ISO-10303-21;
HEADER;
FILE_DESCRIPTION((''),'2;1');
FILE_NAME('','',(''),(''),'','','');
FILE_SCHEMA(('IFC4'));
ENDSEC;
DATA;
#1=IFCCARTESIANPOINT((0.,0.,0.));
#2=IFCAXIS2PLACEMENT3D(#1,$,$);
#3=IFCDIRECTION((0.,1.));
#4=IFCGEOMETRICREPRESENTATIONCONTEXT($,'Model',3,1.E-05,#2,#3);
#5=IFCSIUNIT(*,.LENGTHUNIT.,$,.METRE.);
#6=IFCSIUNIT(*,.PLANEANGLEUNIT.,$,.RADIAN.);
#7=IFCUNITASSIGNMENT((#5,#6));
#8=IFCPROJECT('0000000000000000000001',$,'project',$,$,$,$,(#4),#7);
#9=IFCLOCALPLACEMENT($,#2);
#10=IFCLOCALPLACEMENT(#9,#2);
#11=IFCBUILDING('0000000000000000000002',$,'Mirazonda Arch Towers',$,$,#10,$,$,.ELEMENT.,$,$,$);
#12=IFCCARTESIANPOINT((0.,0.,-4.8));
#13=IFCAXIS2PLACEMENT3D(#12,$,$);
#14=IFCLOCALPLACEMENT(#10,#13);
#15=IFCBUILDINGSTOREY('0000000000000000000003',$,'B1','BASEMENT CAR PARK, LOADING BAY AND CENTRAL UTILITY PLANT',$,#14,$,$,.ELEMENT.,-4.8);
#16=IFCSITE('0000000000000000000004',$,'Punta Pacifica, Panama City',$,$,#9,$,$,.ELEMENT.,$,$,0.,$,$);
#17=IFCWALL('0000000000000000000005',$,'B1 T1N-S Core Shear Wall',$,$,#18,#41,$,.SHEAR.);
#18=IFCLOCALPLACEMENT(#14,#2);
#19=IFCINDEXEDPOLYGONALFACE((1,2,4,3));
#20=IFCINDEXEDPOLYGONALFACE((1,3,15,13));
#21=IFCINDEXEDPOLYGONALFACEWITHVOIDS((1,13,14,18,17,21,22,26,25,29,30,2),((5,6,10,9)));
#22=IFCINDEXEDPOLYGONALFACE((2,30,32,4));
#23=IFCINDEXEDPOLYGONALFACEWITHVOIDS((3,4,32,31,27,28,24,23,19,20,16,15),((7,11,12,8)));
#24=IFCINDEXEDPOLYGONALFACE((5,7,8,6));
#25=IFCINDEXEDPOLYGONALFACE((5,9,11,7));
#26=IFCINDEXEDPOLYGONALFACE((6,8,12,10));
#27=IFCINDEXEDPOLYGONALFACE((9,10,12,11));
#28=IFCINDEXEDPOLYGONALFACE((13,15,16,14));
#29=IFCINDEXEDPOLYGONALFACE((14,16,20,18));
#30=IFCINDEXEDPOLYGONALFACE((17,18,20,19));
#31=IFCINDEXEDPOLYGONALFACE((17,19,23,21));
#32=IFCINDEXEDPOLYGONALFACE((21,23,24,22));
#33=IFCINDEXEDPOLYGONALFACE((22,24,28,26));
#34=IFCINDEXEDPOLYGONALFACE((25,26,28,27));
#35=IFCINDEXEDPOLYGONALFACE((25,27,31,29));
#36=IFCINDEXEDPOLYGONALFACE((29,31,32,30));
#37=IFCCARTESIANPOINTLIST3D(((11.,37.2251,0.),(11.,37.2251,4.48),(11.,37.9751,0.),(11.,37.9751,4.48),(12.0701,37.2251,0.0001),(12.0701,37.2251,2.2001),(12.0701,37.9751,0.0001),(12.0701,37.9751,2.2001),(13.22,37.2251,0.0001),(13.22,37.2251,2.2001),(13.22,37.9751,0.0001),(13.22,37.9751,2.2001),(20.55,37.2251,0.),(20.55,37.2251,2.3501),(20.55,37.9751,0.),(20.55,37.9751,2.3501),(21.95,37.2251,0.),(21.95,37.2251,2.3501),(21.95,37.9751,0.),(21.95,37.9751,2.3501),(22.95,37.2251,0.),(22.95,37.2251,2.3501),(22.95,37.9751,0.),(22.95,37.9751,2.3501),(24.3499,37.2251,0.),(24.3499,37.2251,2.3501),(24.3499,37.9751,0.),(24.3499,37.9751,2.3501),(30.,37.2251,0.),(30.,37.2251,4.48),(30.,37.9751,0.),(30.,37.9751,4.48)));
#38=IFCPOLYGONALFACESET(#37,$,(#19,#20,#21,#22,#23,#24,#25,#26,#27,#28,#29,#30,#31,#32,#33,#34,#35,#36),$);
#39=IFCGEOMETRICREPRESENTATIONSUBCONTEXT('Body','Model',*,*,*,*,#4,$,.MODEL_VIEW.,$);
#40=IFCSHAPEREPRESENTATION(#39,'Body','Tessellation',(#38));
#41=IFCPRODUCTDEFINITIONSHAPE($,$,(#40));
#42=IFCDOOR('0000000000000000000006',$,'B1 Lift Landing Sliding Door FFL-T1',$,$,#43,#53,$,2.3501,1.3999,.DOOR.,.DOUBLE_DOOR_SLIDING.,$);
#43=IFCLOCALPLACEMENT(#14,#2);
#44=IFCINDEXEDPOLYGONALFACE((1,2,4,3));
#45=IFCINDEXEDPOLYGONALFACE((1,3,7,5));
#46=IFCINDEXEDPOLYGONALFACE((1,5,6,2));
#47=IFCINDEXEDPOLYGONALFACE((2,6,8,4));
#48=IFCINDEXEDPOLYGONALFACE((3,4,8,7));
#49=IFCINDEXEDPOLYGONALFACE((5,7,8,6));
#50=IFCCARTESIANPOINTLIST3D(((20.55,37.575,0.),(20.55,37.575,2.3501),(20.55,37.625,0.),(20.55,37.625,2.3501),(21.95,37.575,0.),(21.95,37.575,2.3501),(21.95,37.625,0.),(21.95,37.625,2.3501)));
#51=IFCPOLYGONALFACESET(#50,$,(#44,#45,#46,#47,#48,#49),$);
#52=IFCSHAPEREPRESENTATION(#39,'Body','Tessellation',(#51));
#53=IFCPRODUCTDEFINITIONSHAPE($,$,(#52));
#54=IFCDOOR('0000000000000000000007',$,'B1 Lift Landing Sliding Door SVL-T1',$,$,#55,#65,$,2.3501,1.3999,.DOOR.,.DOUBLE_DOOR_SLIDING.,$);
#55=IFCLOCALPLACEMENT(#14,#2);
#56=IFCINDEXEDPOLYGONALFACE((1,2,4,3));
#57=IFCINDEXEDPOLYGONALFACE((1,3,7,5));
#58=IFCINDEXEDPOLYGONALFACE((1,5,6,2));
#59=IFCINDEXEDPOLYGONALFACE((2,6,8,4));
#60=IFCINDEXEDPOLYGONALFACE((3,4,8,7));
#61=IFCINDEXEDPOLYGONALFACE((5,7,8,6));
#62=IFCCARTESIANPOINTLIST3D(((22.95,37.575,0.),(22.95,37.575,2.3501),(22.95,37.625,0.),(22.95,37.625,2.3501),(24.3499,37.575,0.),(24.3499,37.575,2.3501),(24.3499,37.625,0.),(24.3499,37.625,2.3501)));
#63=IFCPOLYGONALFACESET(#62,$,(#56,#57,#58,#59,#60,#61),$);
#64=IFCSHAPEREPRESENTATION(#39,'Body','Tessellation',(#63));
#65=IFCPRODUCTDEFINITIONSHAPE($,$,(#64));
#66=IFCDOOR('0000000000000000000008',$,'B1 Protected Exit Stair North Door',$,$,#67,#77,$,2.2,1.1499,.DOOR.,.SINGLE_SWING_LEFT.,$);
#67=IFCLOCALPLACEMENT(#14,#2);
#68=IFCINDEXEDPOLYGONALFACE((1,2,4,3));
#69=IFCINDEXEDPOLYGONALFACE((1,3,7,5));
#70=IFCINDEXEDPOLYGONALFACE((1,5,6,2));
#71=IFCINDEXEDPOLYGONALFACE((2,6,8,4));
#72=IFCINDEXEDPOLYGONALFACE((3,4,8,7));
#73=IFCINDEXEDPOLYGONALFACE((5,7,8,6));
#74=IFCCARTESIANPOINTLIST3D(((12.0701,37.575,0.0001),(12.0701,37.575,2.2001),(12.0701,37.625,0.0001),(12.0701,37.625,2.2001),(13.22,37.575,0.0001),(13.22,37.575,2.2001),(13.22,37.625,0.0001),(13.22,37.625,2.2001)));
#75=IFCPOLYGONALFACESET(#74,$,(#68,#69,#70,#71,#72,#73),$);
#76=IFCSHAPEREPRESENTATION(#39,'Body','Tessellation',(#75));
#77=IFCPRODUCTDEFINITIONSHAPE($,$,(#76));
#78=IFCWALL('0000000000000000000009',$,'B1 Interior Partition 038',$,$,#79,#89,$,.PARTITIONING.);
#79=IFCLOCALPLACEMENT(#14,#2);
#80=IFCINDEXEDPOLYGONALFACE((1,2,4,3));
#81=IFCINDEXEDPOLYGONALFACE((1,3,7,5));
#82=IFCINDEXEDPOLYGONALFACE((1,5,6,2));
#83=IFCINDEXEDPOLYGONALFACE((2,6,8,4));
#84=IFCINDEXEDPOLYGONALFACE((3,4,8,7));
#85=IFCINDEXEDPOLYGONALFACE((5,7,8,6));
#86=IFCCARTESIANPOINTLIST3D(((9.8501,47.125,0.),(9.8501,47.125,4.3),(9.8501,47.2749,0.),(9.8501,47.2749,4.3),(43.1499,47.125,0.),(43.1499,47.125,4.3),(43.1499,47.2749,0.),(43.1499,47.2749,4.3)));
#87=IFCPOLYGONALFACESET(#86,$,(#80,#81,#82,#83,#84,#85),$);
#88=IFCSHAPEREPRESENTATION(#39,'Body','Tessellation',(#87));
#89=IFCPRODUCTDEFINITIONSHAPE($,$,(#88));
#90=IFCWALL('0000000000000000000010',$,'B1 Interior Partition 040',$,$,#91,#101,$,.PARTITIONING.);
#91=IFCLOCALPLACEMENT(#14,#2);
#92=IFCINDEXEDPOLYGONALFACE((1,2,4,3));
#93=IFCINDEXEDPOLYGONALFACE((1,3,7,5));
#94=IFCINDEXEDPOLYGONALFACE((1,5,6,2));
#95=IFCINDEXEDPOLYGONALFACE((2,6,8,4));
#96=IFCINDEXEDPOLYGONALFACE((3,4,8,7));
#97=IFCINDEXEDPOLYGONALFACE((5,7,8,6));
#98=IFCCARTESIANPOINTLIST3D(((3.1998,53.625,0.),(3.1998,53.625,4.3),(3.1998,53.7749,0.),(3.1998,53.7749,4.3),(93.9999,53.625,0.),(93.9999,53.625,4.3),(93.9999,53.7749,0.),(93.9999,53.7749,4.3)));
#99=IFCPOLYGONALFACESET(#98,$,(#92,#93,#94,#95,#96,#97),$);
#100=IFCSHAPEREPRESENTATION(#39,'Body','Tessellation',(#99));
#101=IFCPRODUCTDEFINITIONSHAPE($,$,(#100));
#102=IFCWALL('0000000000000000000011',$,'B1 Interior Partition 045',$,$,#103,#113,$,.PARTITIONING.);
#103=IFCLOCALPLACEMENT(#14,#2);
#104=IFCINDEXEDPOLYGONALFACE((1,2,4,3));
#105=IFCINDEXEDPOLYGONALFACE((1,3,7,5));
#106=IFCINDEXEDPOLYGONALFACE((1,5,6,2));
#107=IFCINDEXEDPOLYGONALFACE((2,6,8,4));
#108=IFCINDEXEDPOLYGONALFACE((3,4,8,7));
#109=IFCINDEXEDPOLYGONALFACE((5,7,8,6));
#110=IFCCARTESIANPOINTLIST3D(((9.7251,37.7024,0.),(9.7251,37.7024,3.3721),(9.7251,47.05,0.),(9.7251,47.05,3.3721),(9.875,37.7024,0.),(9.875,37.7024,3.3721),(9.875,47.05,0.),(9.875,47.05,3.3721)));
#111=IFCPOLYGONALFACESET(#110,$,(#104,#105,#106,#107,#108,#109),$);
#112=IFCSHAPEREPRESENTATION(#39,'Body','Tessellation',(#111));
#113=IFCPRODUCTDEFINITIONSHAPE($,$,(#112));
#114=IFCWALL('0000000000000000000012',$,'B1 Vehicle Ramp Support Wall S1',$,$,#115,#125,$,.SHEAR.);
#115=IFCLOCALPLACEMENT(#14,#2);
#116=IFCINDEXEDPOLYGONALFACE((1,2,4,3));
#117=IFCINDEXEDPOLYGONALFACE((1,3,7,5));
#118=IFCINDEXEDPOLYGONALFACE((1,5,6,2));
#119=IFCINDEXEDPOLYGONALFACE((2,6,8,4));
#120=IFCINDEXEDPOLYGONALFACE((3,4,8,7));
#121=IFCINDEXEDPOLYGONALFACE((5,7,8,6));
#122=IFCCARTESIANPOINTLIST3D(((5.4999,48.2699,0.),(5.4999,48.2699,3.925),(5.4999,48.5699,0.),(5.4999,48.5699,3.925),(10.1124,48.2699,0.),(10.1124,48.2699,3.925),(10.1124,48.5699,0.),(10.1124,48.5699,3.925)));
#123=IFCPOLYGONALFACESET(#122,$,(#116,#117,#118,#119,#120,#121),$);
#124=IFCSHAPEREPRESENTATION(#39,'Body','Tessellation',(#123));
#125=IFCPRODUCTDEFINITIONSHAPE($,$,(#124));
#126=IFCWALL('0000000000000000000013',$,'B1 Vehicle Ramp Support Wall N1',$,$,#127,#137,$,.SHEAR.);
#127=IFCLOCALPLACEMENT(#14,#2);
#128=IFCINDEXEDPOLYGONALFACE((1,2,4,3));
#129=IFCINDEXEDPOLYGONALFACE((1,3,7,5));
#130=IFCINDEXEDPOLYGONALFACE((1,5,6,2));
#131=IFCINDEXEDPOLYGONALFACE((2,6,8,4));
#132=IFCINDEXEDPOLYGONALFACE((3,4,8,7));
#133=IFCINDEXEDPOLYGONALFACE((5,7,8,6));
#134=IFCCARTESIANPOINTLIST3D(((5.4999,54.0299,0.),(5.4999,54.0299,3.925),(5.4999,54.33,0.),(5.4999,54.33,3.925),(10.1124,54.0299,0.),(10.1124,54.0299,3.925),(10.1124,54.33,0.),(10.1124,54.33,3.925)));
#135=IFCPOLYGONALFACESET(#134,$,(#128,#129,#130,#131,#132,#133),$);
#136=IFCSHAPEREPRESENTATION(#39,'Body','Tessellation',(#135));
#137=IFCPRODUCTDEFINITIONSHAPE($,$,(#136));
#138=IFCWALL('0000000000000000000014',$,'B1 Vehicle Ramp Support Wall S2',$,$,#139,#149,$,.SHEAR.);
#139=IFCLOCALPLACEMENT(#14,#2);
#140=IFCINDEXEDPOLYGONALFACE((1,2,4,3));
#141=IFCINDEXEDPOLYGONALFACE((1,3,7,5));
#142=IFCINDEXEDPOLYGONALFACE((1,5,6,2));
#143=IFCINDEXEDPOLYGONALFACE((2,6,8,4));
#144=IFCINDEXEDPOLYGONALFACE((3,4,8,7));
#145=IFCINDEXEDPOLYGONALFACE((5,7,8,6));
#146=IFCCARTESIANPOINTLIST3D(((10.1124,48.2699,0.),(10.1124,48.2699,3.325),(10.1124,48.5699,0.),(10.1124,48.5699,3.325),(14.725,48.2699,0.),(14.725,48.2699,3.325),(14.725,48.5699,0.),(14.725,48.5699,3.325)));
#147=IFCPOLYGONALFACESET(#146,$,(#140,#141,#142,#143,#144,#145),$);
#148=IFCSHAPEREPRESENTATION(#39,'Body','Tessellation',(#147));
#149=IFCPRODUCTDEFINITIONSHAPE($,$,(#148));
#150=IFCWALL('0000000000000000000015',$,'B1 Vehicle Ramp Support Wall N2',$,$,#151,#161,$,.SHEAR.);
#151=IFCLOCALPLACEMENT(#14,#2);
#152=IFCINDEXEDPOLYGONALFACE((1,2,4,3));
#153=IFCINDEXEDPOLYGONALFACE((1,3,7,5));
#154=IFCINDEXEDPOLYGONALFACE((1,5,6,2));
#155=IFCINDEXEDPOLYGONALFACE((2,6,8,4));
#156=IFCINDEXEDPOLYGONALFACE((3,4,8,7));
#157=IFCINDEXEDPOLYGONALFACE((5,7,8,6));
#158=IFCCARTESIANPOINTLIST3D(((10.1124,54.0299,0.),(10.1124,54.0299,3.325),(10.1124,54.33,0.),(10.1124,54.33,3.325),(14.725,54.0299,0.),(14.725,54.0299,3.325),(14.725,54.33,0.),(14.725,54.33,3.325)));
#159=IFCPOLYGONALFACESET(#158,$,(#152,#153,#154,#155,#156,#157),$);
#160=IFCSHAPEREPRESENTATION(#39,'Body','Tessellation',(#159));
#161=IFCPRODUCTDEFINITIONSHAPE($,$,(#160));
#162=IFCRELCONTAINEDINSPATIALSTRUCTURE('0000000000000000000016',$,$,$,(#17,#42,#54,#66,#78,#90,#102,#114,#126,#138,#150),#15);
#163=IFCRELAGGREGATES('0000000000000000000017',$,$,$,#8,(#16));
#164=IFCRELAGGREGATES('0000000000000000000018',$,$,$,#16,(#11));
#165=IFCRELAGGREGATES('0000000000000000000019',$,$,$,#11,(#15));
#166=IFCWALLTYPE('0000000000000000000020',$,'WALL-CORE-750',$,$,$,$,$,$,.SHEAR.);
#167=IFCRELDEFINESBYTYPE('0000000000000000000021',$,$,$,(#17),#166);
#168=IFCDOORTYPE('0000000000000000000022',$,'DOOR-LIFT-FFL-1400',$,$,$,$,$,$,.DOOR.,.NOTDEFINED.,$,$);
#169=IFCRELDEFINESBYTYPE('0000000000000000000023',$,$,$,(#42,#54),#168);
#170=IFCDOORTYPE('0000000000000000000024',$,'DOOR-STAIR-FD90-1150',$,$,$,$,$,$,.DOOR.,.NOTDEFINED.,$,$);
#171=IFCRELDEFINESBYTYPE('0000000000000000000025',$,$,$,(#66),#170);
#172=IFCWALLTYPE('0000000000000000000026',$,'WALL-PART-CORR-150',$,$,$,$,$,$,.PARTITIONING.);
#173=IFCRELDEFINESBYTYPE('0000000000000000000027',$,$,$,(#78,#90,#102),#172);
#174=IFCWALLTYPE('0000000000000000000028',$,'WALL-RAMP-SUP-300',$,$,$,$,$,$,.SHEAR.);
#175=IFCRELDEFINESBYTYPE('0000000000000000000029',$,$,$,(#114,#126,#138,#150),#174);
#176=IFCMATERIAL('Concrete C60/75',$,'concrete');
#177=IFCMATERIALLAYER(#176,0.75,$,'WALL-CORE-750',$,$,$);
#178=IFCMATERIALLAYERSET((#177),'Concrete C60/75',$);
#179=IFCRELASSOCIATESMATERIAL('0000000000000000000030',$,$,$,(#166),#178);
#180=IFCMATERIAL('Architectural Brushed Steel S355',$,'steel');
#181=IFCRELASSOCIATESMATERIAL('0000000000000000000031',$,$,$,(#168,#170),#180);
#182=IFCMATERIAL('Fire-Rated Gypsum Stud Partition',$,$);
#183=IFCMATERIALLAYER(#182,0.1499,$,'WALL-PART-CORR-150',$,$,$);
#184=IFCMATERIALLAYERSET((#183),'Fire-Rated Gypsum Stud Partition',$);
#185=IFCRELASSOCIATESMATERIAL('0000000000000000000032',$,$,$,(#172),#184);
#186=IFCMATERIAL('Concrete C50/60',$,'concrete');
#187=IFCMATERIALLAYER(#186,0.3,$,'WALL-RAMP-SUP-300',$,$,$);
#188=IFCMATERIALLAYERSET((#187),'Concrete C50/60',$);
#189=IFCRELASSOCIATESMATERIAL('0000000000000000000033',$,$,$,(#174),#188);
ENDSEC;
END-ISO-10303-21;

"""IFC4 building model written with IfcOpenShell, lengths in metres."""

from ifc_helpers import new_model, si_unit, direction, frame, frame_2d, origin, place, context, subcontext, project, spatial, rectangle, extrude, material, layer, layer_set, type_object, element, fill, save


model = new_model("IFC4")

# Units and contexts
model_context = context("Model", 3, precision=1e-05, world=origin(), true_north=direction((0.0, 1.0)))
body_context = subcontext(model_context, "Body", "Model", "MODEL_VIEW")
ifc_project = project(units=[si_unit("LENGTHUNIT", "METRE"), si_unit("PLANEANGLEUNIT", "RADIAN")], contexts=[model_context])

# Site, building, storey
site_placement = place(None, origin())
site = spatial("IfcSite", under=ifc_project, at=site_placement, Name="Punta Pacifica, Panama City", CompositionType="ELEMENT", RefElevation=0.0)
building_placement = place(site_placement, origin())
building = spatial("IfcBuilding", under=site, at=building_placement, Name="Mirazonda Arch Towers", CompositionType="ELEMENT")
storey_placement = place(building_placement, frame((0.0, 0.0, -4.8)))
storey = spatial("IfcBuildingStorey", under=building, at=storey_placement, Name="B1", Description="BASEMENT CAR PARK, LOADING BAY AND CENTRAL UTILITY PLANT", CompositionType="ELEMENT", Elevation=-4.8)

# Shared definitions
ifc_material_1 = material(Name="Concrete C50/60", Category="concrete")

# Shared definitions
ifc_material_2 = material(Name="Concrete C60/75", Category="concrete")

# Shared definitions
ifc_layer_1 = layer(ifc_material_2, 0.75, Name="WALL-CORE-750")
ifc_layer_set_1 = layer_set([ifc_layer_1], Name="Concrete C60/75")
wall_type_1 = type_object("IfcWallType", Name="WALL-CORE-750", PredefinedType="SHEAR", material=ifc_layer_set_1)

# Wall, openings, doors
wall_1_placement = place(storey_placement, frame((11.0, 37.6001, 0.0), z_axis=(0.0, 0.0, 1.0), x_axis=(1.0, 0.0, 0.0)))
wall_1 = element("IfcWall", 1, at=wall_1_placement, inside=storey, type_object=wall_type_1, Name="B1 T1N-S Core Shear Wall", PredefinedType="SHEAR", context=body_context, shape_type="SweptSolid", body=[
    extrude(rectangle(XDim=19.0, YDim=0.75, at=frame_2d((9.5, 0.0))), origin(), (0.0, 0.0, 1.0), 4.48),
])
opening_1_placement = place(wall_1_placement, frame((1.0701, 0.0, 0.0)))
opening_1 = element("IfcOpeningElement", 2, at=opening_1_placement, cuts=wall_1, PredefinedType="OPENING", context=body_context, shape_type="SweptSolid", body=[
    extrude(rectangle(XDim=1.1499, YDim=2.2, at=frame_2d((0.575, 1.1001))), frame((0.0, 0.385, 0.0), z_axis=(0.0, -1.0, 0.0), x_axis=(1.0, 0.0, 0.0)), (0.0, 0.0, 1.0), 0.77),
])
opening_2_placement = place(wall_1_placement, frame((9.55, 0.0, 0.0)))
opening_2 = element("IfcOpeningElement", 3, at=opening_2_placement, cuts=wall_1, PredefinedType="OPENING", context=body_context, shape_type="SweptSolid", body=[
    extrude(rectangle(XDim=1.3999, YDim=2.3501, at=frame_2d((0.7, 1.175))), frame((0.0, 0.385, 0.0), z_axis=(0.0, -1.0, 0.0), x_axis=(1.0, 0.0, 0.0)), (0.0, 0.0, 1.0), 0.77),
])
opening_3_placement = place(wall_1_placement, frame((11.95, 0.0, 0.0)))
opening_3 = element("IfcOpeningElement", 4, at=opening_3_placement, cuts=wall_1, PredefinedType="OPENING", context=body_context, shape_type="SweptSolid", body=[
    extrude(rectangle(XDim=1.3999, YDim=2.3501, at=frame_2d((0.7, 1.175))), frame((0.0, 0.385, 0.0), z_axis=(0.0, -1.0, 0.0), x_axis=(1.0, 0.0, 0.0)), (0.0, 0.0, 1.0), 0.77),
])
ifc_material_3 = material(Name="Architectural Brushed Steel S355", Category="steel")
door_type_1 = type_object("IfcDoorType", Name="DOOR-LIFT-FFL-1400", OperationType="NOTDEFINED", PredefinedType="DOOR", material=ifc_material_3)
door_1_placement = place(opening_2_placement, origin())
door_1 = element("IfcDoor", 5, at=door_1_placement, inside=storey, type_object=door_type_1, Name="B1 Lift Landing Sliding Door FFL-T1", OperationType="DOUBLE_DOOR_SLIDING", OverallHeight=2.3501, OverallWidth=1.3999, PredefinedType="DOOR", context=body_context, shape_type="SweptSolid", body=[
    extrude(rectangle(XDim=1.3999, YDim=2.3501, at=frame_2d((0.7, 1.175))), frame((0.0, 0.0249, 0.0), z_axis=(0.0, -1.0, 0.0), x_axis=(1.0, 0.0, 0.0)), (0.0, 0.0, 1.0), 0.05),
])
fill(opening_2, door_1)
door_2_placement = place(opening_3_placement, origin())
door_2 = element("IfcDoor", 6, at=door_2_placement, inside=storey, type_object=door_type_1, Name="B1 Lift Landing Sliding Door SVL-T1", OperationType="DOUBLE_DOOR_SLIDING", OverallHeight=2.3501, OverallWidth=1.3999, PredefinedType="DOOR", context=body_context, shape_type="SweptSolid", body=[
    extrude(rectangle(XDim=1.3999, YDim=2.3501, at=frame_2d((0.7, 1.175))), frame((0.0, 0.0249, 0.0), z_axis=(0.0, -1.0, 0.0), x_axis=(1.0, 0.0, 0.0)), (0.0, 0.0, 1.0), 0.05),
])
fill(opening_3, door_2)
door_type_2 = type_object("IfcDoorType", Name="DOOR-STAIR-FD90-1150", OperationType="NOTDEFINED", PredefinedType="DOOR", material=ifc_material_3)
door_3_placement = place(opening_1_placement, origin())
door_3 = element("IfcDoor", 7, at=door_3_placement, inside=storey, type_object=door_type_2, Name="B1 Protected Exit Stair North Door", OperationType="SINGLE_SWING_LEFT", OverallHeight=2.2, OverallWidth=1.1499, PredefinedType="DOOR", context=body_context, shape_type="SweptSolid", body=[
    extrude(rectangle(XDim=1.1499, YDim=2.2, at=frame_2d((0.575, 1.1001))), frame((0.0, 0.0249, 0.0), z_axis=(0.0, -1.0, 0.0), x_axis=(1.0, 0.0, 0.0)), (0.0, 0.0, 1.0), 0.05),
])
fill(opening_1, door_3)

# Walls
ifc_material_4 = material(Name="Fire-Rated Gypsum Stud Partition")
ifc_layer_2 = layer(ifc_material_4, 0.1499, Name="WALL-PART-CORR-150")
ifc_layer_set_2 = layer_set([ifc_layer_2], Name="Fire-Rated Gypsum Stud Partition")
wall_type_2 = type_object("IfcWallType", Name="WALL-PART-CORR-150", PredefinedType="PARTITIONING", material=ifc_layer_set_2)
wall_2_placement = place(storey_placement, frame((9.8501, 47.2, 0.0), z_axis=(0.0, 0.0, 1.0), x_axis=(1.0, 0.0, 0.0)))
element("IfcWall", 8, at=wall_2_placement, inside=storey, type_object=wall_type_2, Name="B1 Interior Partition 038", PredefinedType="PARTITIONING", context=body_context, shape_type="SweptSolid", body=[
    extrude(rectangle(XDim=33.2998, YDim=0.1499, at=frame_2d((16.6499, 0.0))), origin(), (0.0, 0.0, 1.0), 4.3),
])
wall_3_placement = place(storey_placement, frame((3.2, 53.7, 0.0), z_axis=(0.0, 0.0, 1.0), x_axis=(1.0, 0.0, 0.0)))
element("IfcWall", 9, at=wall_3_placement, inside=storey, type_object=wall_type_2, Name="B1 Interior Partition 040", PredefinedType="PARTITIONING", context=body_context, shape_type="SweptSolid", body=[
    extrude(rectangle(XDim=90.8, YDim=0.1499, at=frame_2d((45.3999, 0.0))), origin(), (0.0, 0.0, 1.0), 4.3),
])
wall_4_placement = place(storey_placement, frame((9.8, 37.7024, 0.0), z_axis=(0.0, 0.0, 1.0), x_axis=(0.0, 1.0, 0.0)))
element("IfcWall", 10, at=wall_4_placement, inside=storey, type_object=wall_type_2, Name="B1 Interior Partition 045", PredefinedType="PARTITIONING", context=body_context, shape_type="SweptSolid", body=[
    extrude(rectangle(XDim=9.3477, YDim=0.1499, at=frame_2d((4.6738, 0.0))), origin(), (0.0, 0.0, 1.0), 3.3721),
])
ifc_layer_3 = layer(ifc_material_1, 0.3, Name="WALL-RAMP-SUP-300")
ifc_layer_set_3 = layer_set([ifc_layer_3], Name="Concrete C50/60")
wall_type_3 = type_object("IfcWallType", Name="WALL-RAMP-SUP-300", PredefinedType="SHEAR", material=ifc_layer_set_3)
for number, where, z_axis, x_axis, name in (
    (11, (5.5, 48.4199, 0.0), (0.0, 0.0, 1.0), (1.0, 0.0, 0.0), "B1 Vehicle Ramp Support Wall S1"),
    (12, (5.5, 54.1799, 0.0), (0.0, 0.0, 1.0), (1.0, 0.0, 0.0), "B1 Vehicle Ramp Support Wall N1"),
):
    element("IfcWall", number, at=place(storey_placement, frame(where, z_axis=z_axis, x_axis=x_axis)), inside=storey, type_object=wall_type_3, Name=name, PredefinedType="SHEAR", context=body_context, shape_type="SweptSolid", body=[
        extrude(rectangle(XDim=4.6125, YDim=0.3, at=frame_2d((2.3062, 0.0))), origin(), (0.0, 0.0, 1.0), 3.925),
    ])
for number, where, z_axis, x_axis, name in (
    (13, (10.1125, 48.4199, 0.0), (0.0, 0.0, 1.0), (1.0, 0.0, 0.0), "B1 Vehicle Ramp Support Wall S2"),
    (14, (10.1125, 54.1799, 0.0), (0.0, 0.0, 1.0), (1.0, 0.0, 0.0), "B1 Vehicle Ramp Support Wall N2"),
):
    element("IfcWall", number, at=place(storey_placement, frame(where, z_axis=z_axis, x_axis=x_axis)), inside=storey, type_object=wall_type_3, Name=name, PredefinedType="SHEAR", context=body_context, shape_type="SweptSolid", body=[
        extrude(rectangle(XDim=4.6125, YDim=0.3, at=frame_2d((2.3062, 0.0))), origin(), (0.0, 0.0, 1.0), 3.325),
    ])

save(model, "model.ifc")
